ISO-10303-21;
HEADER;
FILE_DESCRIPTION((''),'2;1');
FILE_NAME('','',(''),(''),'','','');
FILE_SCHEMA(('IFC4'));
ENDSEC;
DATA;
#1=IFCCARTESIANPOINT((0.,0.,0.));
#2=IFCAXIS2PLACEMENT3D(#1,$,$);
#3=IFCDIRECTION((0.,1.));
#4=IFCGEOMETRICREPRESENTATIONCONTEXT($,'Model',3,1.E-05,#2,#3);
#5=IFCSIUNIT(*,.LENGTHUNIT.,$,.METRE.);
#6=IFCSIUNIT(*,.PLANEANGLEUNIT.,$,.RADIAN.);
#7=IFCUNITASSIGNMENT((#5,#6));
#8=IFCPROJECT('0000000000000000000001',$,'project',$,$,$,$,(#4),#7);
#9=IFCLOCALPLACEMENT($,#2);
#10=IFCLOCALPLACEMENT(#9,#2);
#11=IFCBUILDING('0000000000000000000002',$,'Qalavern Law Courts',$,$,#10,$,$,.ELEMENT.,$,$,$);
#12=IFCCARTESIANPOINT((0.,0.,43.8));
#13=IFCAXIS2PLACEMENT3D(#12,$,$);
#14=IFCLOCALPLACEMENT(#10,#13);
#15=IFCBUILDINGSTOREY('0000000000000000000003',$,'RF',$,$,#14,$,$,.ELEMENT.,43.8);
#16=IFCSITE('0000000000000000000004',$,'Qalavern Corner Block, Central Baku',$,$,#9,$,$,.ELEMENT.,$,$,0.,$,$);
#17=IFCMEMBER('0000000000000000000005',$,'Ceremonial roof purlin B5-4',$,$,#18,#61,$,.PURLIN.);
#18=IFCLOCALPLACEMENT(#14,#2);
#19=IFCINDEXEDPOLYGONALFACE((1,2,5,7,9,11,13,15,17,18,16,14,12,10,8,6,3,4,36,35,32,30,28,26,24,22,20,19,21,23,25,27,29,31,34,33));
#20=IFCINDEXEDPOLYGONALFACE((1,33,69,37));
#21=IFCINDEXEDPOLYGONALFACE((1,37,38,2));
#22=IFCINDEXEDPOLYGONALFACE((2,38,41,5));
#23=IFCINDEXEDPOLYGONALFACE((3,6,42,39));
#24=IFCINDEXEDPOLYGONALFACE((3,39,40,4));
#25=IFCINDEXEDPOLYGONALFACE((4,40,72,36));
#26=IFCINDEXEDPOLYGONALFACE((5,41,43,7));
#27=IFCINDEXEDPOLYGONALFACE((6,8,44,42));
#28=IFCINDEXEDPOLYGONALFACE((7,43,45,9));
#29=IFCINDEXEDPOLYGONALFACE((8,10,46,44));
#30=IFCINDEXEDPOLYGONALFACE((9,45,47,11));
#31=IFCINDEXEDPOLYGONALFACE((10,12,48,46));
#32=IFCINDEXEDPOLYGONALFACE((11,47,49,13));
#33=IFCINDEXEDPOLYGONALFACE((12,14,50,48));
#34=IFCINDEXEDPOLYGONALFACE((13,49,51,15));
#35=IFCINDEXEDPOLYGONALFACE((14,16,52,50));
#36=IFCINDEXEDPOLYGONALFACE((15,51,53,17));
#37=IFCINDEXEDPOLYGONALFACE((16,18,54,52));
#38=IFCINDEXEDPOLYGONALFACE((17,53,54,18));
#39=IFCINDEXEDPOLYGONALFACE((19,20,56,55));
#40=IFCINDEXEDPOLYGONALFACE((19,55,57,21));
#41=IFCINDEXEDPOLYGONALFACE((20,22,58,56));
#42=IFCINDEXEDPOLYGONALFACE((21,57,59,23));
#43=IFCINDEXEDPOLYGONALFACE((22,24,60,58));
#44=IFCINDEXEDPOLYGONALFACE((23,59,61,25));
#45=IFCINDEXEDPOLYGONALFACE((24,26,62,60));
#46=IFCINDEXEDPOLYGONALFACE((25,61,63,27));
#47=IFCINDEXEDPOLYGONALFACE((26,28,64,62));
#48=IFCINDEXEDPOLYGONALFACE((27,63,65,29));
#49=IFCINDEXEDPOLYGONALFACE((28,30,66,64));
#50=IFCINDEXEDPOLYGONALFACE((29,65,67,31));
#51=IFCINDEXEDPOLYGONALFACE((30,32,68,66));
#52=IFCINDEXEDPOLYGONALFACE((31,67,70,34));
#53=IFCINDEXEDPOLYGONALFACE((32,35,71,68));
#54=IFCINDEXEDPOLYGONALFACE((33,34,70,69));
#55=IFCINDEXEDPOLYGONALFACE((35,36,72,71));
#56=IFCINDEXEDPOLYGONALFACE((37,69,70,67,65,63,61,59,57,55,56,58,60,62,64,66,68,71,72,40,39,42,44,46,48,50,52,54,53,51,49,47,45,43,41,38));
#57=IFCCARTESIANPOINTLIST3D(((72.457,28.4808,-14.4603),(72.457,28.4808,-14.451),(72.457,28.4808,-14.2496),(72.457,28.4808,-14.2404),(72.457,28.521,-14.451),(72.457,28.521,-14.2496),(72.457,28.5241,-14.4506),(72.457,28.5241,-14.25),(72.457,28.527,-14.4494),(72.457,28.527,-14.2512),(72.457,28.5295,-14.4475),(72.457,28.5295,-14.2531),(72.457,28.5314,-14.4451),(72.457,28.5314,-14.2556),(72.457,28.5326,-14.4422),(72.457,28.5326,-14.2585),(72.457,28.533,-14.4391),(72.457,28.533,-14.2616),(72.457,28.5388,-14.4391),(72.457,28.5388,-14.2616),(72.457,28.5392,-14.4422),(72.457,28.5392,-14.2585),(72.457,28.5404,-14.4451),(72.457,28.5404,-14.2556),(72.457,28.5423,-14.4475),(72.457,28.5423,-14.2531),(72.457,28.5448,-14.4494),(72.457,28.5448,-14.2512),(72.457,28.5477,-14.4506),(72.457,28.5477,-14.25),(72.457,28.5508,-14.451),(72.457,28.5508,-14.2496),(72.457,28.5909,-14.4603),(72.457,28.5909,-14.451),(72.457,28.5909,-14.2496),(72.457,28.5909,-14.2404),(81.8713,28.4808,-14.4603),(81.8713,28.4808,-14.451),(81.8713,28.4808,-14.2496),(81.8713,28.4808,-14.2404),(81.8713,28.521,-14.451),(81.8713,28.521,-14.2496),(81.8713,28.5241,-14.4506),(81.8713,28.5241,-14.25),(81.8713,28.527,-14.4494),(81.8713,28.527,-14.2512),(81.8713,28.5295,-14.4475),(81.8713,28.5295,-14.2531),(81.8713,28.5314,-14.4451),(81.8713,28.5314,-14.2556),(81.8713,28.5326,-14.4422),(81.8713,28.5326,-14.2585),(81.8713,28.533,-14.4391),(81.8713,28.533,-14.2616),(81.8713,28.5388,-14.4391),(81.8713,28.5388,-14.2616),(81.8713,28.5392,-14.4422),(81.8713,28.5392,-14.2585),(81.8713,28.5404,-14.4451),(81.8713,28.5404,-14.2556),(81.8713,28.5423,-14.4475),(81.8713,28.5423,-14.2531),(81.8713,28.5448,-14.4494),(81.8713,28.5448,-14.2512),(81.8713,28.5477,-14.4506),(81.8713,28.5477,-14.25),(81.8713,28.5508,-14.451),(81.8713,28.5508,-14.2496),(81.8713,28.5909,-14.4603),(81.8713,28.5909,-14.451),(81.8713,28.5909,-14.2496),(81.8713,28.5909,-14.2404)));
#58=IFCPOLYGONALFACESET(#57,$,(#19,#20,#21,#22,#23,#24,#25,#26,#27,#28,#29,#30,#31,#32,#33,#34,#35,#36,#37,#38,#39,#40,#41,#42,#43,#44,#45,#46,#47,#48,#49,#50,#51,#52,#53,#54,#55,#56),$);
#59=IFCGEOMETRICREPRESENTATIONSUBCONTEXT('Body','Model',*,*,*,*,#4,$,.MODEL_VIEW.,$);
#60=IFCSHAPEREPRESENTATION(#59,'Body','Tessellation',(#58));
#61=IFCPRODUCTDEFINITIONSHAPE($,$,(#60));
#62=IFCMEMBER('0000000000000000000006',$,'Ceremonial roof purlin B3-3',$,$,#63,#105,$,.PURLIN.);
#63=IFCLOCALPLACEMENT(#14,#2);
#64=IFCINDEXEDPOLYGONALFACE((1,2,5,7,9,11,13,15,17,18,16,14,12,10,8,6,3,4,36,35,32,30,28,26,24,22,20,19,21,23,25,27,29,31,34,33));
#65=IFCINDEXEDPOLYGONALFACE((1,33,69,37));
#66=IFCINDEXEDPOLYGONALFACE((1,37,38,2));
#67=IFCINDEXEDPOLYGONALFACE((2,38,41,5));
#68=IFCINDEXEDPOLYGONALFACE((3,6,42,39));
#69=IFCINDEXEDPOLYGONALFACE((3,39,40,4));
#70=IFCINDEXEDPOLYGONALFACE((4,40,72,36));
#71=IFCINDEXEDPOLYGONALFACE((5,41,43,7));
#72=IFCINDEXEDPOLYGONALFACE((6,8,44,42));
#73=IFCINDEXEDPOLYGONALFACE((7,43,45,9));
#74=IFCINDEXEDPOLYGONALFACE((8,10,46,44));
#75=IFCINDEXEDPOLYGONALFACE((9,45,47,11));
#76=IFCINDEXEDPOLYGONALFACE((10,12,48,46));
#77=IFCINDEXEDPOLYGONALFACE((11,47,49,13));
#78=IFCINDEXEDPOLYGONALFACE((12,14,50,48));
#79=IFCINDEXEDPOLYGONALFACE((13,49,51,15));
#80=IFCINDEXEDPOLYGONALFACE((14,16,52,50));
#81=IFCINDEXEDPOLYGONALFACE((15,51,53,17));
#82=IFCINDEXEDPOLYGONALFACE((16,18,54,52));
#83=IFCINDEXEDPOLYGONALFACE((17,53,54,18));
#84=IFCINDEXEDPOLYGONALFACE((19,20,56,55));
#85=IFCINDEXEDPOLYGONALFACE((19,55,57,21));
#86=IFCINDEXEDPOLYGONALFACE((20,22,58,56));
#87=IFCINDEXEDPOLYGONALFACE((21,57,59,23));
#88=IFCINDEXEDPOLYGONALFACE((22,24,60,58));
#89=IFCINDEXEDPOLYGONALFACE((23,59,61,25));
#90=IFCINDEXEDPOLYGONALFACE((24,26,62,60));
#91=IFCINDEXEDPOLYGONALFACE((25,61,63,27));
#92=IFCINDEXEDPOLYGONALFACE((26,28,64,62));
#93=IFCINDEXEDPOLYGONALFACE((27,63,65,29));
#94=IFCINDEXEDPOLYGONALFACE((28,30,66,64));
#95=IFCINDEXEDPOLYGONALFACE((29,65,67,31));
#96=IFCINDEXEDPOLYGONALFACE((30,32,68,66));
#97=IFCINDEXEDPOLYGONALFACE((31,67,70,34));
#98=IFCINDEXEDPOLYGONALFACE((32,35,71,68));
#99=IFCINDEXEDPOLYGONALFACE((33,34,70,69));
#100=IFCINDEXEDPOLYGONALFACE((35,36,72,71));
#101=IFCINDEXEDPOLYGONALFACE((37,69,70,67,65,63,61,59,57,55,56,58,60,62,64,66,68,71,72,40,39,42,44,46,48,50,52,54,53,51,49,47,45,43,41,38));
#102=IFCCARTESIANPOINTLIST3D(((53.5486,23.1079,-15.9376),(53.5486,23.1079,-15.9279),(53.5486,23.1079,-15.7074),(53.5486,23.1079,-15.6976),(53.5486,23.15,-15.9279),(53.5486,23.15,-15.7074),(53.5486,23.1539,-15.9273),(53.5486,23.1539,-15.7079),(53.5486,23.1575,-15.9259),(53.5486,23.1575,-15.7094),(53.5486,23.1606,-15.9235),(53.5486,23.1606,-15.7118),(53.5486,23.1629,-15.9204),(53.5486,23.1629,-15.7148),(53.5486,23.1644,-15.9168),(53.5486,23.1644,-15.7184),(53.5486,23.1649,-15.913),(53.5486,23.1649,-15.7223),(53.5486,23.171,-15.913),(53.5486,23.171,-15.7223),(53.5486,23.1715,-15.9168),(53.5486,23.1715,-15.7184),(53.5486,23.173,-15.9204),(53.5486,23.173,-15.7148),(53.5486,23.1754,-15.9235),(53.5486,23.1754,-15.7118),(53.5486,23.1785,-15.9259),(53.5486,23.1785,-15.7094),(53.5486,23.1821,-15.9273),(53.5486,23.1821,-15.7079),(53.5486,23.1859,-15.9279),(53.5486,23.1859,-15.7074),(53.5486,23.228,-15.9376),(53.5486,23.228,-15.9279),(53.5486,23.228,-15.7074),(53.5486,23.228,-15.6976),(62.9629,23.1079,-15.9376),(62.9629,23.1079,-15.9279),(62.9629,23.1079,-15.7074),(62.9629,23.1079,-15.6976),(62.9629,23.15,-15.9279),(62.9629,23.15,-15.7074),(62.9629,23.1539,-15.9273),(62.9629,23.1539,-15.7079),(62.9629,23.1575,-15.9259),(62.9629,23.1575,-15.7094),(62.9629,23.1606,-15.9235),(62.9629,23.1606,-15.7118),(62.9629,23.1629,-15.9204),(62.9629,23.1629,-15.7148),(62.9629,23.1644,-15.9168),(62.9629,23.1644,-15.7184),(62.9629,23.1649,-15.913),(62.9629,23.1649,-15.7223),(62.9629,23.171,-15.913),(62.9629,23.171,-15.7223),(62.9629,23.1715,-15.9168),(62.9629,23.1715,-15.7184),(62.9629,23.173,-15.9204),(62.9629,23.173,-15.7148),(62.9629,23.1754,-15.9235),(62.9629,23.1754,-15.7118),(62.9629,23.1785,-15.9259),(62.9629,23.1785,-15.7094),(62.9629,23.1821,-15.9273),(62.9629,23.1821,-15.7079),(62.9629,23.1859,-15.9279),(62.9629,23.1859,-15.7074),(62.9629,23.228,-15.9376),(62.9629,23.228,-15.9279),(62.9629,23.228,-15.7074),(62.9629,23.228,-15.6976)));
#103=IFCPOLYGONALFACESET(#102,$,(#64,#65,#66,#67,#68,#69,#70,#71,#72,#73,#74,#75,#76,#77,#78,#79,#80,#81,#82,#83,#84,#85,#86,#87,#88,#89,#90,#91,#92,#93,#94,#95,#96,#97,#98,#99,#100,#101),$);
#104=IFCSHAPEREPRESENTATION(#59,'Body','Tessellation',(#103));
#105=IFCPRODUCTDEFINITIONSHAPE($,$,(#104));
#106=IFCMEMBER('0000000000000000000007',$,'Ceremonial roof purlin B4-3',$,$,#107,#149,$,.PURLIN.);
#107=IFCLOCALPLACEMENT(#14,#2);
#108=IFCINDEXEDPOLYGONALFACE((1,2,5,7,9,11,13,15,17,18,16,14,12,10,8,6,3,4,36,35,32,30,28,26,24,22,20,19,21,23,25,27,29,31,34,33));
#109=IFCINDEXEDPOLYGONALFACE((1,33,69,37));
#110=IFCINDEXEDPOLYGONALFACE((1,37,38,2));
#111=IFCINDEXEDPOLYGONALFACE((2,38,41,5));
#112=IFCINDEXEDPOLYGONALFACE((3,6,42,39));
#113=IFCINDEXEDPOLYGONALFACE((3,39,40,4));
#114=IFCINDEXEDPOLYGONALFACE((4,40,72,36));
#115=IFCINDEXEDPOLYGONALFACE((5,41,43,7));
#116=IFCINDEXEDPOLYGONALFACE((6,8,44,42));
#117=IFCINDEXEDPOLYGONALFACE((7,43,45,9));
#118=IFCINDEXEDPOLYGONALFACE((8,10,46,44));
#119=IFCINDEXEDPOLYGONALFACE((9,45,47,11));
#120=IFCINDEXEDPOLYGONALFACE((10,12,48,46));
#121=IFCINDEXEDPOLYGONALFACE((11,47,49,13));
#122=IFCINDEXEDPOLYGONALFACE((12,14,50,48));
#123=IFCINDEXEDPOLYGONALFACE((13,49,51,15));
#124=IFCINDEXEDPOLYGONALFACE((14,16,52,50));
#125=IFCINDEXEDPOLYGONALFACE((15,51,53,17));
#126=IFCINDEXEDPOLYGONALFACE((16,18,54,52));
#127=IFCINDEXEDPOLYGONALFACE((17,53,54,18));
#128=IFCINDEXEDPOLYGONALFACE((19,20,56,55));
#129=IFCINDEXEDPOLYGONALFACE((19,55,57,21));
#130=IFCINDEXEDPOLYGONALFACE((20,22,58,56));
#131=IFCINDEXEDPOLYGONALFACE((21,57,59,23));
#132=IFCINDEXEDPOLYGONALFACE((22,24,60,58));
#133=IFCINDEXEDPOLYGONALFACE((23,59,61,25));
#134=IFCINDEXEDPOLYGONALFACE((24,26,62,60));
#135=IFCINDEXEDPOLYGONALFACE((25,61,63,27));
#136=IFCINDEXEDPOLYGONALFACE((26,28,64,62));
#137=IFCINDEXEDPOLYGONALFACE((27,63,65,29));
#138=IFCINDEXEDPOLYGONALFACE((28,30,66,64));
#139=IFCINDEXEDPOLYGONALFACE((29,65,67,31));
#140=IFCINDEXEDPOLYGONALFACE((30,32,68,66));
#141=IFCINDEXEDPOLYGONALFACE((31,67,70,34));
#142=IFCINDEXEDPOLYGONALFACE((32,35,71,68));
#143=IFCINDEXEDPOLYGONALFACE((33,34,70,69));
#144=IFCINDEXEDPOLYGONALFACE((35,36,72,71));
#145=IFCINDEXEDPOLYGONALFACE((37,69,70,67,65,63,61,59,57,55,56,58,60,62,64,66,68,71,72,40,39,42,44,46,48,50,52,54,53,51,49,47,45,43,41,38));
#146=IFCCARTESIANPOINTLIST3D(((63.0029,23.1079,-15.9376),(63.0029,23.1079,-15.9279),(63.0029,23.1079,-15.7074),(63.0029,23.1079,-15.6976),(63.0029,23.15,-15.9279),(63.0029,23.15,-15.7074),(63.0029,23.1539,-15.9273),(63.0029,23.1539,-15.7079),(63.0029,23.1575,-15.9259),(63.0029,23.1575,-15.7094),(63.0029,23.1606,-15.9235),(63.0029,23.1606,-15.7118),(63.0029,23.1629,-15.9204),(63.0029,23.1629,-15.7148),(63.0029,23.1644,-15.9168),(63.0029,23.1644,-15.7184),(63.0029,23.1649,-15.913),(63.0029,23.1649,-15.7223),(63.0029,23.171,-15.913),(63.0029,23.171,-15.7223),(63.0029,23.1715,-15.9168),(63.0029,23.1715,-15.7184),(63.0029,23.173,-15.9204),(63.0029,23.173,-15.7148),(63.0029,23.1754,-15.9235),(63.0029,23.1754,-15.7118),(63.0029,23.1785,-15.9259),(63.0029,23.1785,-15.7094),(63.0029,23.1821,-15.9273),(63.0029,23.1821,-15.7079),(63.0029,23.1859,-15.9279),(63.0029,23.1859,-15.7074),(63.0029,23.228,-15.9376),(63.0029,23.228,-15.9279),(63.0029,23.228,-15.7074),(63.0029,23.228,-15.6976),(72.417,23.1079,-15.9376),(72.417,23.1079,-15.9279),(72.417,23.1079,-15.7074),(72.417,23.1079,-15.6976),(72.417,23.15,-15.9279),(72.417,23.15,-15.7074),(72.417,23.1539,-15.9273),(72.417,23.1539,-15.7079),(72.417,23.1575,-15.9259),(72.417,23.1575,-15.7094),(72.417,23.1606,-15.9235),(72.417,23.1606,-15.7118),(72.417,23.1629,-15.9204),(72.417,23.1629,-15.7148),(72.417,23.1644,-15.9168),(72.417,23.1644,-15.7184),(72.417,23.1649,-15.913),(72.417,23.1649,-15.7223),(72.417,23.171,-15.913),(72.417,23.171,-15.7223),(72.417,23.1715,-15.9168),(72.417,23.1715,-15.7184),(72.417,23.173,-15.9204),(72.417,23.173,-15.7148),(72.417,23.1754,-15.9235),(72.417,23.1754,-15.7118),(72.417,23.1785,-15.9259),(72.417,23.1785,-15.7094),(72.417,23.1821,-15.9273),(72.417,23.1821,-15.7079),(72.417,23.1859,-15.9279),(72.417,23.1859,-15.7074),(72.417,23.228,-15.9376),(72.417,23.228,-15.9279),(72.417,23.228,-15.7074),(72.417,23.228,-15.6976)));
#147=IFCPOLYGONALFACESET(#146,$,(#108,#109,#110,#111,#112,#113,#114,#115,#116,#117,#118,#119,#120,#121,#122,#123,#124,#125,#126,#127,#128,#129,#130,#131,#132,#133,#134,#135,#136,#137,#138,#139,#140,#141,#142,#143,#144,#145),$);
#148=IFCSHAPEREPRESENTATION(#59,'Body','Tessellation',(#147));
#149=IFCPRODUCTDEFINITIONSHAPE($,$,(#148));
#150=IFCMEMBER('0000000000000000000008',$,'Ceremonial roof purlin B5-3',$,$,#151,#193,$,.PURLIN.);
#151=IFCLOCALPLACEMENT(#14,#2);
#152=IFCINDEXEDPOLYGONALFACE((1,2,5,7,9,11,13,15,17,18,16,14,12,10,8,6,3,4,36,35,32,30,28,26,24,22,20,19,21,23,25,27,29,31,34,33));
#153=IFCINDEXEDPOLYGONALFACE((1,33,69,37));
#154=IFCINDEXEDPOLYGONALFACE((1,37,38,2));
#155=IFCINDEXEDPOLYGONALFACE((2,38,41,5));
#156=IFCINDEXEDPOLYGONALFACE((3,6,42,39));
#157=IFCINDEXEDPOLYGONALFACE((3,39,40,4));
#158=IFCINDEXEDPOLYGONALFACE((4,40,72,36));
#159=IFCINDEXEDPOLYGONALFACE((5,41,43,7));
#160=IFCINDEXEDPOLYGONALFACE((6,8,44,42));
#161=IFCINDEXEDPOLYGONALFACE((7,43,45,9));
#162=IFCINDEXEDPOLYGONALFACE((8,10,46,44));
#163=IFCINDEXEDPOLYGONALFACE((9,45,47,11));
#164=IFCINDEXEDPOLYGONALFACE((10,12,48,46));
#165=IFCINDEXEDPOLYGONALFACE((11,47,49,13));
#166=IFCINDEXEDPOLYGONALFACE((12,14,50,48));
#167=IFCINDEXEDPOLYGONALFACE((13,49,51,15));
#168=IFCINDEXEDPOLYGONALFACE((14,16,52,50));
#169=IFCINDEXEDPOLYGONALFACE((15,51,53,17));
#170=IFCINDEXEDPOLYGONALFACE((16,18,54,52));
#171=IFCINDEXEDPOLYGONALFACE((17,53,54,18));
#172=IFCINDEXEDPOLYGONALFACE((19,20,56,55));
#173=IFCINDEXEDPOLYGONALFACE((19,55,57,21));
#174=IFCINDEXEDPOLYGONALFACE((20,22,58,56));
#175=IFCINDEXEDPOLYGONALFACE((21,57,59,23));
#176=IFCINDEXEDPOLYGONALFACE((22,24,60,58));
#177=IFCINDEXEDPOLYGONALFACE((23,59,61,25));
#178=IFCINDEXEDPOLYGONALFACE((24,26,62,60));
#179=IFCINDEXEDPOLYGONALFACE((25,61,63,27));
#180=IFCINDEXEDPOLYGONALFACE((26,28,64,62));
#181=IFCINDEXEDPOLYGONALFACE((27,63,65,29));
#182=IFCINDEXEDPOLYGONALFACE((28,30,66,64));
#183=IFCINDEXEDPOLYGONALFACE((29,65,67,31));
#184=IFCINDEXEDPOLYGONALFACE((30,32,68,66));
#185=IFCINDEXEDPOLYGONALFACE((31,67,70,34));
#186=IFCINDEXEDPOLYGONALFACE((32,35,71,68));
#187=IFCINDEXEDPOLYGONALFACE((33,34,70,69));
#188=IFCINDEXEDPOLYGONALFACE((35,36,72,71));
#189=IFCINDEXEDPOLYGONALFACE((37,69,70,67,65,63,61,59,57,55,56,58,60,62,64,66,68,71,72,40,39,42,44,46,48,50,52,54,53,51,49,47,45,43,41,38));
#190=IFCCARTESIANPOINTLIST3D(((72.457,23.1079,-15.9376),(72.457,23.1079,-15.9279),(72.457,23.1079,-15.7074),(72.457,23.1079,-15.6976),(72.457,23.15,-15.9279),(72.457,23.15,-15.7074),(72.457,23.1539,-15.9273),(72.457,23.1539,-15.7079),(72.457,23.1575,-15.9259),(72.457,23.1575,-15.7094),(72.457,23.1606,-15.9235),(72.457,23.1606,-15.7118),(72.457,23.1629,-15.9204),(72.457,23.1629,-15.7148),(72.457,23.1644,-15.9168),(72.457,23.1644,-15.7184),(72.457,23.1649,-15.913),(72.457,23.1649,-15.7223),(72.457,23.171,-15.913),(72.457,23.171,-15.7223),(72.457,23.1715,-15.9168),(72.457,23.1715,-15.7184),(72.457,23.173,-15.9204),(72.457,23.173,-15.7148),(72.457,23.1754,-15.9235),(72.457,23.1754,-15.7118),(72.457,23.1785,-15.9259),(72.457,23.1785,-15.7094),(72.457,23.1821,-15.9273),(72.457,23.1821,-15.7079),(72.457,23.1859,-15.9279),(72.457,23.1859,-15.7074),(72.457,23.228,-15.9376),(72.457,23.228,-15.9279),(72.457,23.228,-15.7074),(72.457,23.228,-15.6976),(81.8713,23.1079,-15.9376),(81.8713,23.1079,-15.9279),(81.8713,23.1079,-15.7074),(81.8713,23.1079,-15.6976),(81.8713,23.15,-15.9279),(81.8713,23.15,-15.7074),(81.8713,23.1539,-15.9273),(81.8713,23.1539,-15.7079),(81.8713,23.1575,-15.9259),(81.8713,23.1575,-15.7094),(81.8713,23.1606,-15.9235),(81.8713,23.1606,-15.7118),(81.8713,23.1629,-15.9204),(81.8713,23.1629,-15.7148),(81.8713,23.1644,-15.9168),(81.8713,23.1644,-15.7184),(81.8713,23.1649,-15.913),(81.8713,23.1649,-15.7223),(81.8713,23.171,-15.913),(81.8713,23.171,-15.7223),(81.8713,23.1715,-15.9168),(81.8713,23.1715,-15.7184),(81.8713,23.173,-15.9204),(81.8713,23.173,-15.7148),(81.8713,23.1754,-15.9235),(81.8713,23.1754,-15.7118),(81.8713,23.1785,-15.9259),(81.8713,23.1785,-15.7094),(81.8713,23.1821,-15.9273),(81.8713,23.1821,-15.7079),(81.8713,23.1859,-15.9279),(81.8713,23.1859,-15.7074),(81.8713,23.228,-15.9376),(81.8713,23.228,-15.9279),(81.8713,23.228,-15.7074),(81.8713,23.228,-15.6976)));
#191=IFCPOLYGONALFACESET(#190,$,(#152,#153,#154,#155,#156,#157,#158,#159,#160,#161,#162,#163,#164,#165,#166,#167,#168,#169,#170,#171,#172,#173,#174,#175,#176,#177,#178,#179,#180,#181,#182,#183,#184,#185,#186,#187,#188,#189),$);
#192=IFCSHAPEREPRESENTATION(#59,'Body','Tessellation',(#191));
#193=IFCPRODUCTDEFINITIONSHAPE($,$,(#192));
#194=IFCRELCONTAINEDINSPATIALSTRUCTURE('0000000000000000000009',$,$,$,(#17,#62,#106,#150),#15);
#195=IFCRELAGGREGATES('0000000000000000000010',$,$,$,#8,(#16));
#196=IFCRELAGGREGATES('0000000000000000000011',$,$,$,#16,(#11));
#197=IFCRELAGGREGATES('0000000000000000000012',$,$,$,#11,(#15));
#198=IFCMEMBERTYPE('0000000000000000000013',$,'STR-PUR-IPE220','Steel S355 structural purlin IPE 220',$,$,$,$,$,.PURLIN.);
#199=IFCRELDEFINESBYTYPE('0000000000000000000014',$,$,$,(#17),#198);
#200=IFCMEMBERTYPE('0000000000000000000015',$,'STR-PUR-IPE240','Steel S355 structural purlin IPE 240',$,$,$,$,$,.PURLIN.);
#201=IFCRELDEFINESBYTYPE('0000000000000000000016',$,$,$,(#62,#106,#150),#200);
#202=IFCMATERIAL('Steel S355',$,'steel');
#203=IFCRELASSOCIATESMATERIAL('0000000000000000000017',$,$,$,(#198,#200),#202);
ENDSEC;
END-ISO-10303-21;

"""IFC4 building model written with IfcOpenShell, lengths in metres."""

from ifc_helpers import new_model, si_unit, direction, frame, origin, origin_2d, place, context, subcontext, project, spatial, i_section, extrude, material, material_profile, profile_set, type_object, element, save


model = new_model("IFC4")

# Units and contexts
model_context = context("Model", 3, precision=1e-05, world=origin(), true_north=direction((0.0, 1.0)))
body_context = subcontext(model_context, "Body", "Model", "MODEL_VIEW")
ifc_project = project(units=[si_unit("LENGTHUNIT", "METRE"), si_unit("PLANEANGLEUNIT", "RADIAN")], contexts=[model_context])

# Site, building, storey
site_placement = place(None, origin())
site = spatial("IfcSite", under=ifc_project, at=site_placement, Name="Qalavern Corner Block, Central Baku", CompositionType="ELEMENT", RefElevation=0.0)
building_placement = place(site_placement, origin())
building = spatial("IfcBuilding", under=site, at=building_placement, Name="Qalavern Law Courts", CompositionType="ELEMENT")
storey_placement = place(building_placement, frame((0.0, 0.0, 43.8)))
storey = spatial("IfcBuildingStorey", under=building, at=storey_placement, Name="RF", CompositionType="ELEMENT", Elevation=43.8)

# Shared definitions
ifc_material_1 = material(Name="Steel S355", Category="steel")

# Members
ifc_material_profile_1 = material_profile(ifc_material_1, i_section(OverallWidth=0.1101, OverallDepth=0.22, WebThickness=0.0059, FlangeThickness=0.0093, FilletRadius=0.012, at=origin_2d()), Name="IPE 220")
ifc_profile_set_1 = profile_set([ifc_material_profile_1], Name="Steel S355")
member_type_1 = type_object("IfcMemberType", Name="STR-PUR-IPE220", Description="Steel S355 structural purlin IPE 220", PredefinedType="PURLIN", material=ifc_profile_set_1)
for number, where, z_axis, x_axis, name in (
    (1, (72.457, 28.5359, -14.3503), (1.0, 0.0, 0.0), (0.0, 1.0, 0.0), "Ceremonial roof purlin B5-4"),
):
    element("IfcMember", number, at=place(storey_placement, frame(where, z_axis=z_axis, x_axis=x_axis)), inside=storey, type_object=member_type_1, Name=name, PredefinedType="PURLIN", context=body_context, shape_type="SweptSolid", body=[
        extrude(i_section(OverallWidth=0.1101, OverallDepth=0.22, WebThickness=0.0059, FlangeThickness=0.0093, FilletRadius=0.012, at=origin_2d()), origin(), (0.0, 0.0, 1.0), 9.4143),
    ])
ifc_material_profile_2 = material_profile(ifc_material_1, i_section(OverallWidth=0.1201, OverallDepth=0.24, WebThickness=0.0061, FlangeThickness=0.0098, FilletRadius=0.0149, at=origin_2d()), Name="IPE 240")
ifc_profile_set_2 = profile_set([ifc_material_profile_2], Name="Steel S355")
member_type_2 = type_object("IfcMemberType", Name="STR-PUR-IPE240", Description="Steel S355 structural purlin IPE 240", PredefinedType="PURLIN", material=ifc_profile_set_2)
member_1_placement = place(storey_placement, frame((53.5486, 23.168, -15.8176), z_axis=(1.0, 0.0, 0.0), x_axis=(0.0, 1.0, 0.0)))
element("IfcMember", 2, at=member_1_placement, inside=storey, type_object=member_type_2, Name="Ceremonial roof purlin B3-3", PredefinedType="PURLIN", context=body_context, shape_type="SweptSolid", body=[
    extrude(i_section(OverallWidth=0.1201, OverallDepth=0.24, WebThickness=0.0061, FlangeThickness=0.0098, FilletRadius=0.0149, at=origin_2d()), origin(), (0.0, 0.0, 1.0), 9.4143),
])
member_2_placement = place(storey_placement, frame((63.0029, 23.168, -15.8176), z_axis=(1.0, 0.0, 0.0), x_axis=(0.0, 1.0, 0.0)))
element("IfcMember", 3, at=member_2_placement, inside=storey, type_object=member_type_2, Name="Ceremonial roof purlin B4-3", PredefinedType="PURLIN", context=body_context, shape_type="SweptSolid", body=[
    extrude(i_section(OverallWidth=0.1201, OverallDepth=0.24, WebThickness=0.0061, FlangeThickness=0.0098, FilletRadius=0.0149, at=origin_2d()), origin(), (0.0, 0.0, 1.0), 9.4141),
])
member_3_placement = place(storey_placement, frame((72.457, 23.168, -15.8176), z_axis=(1.0, 0.0, 0.0), x_axis=(0.0, 1.0, 0.0)))
element("IfcMember", 4, at=member_3_placement, inside=storey, type_object=member_type_2, Name="Ceremonial roof purlin B5-3", PredefinedType="PURLIN", context=body_context, shape_type="SweptSolid", body=[
    extrude(i_section(OverallWidth=0.1201, OverallDepth=0.24, WebThickness=0.0061, FlangeThickness=0.0098, FilletRadius=0.0149, at=origin_2d()), origin(), (0.0, 0.0, 1.0), 9.4143),
])

save(model, "model.ifc")
